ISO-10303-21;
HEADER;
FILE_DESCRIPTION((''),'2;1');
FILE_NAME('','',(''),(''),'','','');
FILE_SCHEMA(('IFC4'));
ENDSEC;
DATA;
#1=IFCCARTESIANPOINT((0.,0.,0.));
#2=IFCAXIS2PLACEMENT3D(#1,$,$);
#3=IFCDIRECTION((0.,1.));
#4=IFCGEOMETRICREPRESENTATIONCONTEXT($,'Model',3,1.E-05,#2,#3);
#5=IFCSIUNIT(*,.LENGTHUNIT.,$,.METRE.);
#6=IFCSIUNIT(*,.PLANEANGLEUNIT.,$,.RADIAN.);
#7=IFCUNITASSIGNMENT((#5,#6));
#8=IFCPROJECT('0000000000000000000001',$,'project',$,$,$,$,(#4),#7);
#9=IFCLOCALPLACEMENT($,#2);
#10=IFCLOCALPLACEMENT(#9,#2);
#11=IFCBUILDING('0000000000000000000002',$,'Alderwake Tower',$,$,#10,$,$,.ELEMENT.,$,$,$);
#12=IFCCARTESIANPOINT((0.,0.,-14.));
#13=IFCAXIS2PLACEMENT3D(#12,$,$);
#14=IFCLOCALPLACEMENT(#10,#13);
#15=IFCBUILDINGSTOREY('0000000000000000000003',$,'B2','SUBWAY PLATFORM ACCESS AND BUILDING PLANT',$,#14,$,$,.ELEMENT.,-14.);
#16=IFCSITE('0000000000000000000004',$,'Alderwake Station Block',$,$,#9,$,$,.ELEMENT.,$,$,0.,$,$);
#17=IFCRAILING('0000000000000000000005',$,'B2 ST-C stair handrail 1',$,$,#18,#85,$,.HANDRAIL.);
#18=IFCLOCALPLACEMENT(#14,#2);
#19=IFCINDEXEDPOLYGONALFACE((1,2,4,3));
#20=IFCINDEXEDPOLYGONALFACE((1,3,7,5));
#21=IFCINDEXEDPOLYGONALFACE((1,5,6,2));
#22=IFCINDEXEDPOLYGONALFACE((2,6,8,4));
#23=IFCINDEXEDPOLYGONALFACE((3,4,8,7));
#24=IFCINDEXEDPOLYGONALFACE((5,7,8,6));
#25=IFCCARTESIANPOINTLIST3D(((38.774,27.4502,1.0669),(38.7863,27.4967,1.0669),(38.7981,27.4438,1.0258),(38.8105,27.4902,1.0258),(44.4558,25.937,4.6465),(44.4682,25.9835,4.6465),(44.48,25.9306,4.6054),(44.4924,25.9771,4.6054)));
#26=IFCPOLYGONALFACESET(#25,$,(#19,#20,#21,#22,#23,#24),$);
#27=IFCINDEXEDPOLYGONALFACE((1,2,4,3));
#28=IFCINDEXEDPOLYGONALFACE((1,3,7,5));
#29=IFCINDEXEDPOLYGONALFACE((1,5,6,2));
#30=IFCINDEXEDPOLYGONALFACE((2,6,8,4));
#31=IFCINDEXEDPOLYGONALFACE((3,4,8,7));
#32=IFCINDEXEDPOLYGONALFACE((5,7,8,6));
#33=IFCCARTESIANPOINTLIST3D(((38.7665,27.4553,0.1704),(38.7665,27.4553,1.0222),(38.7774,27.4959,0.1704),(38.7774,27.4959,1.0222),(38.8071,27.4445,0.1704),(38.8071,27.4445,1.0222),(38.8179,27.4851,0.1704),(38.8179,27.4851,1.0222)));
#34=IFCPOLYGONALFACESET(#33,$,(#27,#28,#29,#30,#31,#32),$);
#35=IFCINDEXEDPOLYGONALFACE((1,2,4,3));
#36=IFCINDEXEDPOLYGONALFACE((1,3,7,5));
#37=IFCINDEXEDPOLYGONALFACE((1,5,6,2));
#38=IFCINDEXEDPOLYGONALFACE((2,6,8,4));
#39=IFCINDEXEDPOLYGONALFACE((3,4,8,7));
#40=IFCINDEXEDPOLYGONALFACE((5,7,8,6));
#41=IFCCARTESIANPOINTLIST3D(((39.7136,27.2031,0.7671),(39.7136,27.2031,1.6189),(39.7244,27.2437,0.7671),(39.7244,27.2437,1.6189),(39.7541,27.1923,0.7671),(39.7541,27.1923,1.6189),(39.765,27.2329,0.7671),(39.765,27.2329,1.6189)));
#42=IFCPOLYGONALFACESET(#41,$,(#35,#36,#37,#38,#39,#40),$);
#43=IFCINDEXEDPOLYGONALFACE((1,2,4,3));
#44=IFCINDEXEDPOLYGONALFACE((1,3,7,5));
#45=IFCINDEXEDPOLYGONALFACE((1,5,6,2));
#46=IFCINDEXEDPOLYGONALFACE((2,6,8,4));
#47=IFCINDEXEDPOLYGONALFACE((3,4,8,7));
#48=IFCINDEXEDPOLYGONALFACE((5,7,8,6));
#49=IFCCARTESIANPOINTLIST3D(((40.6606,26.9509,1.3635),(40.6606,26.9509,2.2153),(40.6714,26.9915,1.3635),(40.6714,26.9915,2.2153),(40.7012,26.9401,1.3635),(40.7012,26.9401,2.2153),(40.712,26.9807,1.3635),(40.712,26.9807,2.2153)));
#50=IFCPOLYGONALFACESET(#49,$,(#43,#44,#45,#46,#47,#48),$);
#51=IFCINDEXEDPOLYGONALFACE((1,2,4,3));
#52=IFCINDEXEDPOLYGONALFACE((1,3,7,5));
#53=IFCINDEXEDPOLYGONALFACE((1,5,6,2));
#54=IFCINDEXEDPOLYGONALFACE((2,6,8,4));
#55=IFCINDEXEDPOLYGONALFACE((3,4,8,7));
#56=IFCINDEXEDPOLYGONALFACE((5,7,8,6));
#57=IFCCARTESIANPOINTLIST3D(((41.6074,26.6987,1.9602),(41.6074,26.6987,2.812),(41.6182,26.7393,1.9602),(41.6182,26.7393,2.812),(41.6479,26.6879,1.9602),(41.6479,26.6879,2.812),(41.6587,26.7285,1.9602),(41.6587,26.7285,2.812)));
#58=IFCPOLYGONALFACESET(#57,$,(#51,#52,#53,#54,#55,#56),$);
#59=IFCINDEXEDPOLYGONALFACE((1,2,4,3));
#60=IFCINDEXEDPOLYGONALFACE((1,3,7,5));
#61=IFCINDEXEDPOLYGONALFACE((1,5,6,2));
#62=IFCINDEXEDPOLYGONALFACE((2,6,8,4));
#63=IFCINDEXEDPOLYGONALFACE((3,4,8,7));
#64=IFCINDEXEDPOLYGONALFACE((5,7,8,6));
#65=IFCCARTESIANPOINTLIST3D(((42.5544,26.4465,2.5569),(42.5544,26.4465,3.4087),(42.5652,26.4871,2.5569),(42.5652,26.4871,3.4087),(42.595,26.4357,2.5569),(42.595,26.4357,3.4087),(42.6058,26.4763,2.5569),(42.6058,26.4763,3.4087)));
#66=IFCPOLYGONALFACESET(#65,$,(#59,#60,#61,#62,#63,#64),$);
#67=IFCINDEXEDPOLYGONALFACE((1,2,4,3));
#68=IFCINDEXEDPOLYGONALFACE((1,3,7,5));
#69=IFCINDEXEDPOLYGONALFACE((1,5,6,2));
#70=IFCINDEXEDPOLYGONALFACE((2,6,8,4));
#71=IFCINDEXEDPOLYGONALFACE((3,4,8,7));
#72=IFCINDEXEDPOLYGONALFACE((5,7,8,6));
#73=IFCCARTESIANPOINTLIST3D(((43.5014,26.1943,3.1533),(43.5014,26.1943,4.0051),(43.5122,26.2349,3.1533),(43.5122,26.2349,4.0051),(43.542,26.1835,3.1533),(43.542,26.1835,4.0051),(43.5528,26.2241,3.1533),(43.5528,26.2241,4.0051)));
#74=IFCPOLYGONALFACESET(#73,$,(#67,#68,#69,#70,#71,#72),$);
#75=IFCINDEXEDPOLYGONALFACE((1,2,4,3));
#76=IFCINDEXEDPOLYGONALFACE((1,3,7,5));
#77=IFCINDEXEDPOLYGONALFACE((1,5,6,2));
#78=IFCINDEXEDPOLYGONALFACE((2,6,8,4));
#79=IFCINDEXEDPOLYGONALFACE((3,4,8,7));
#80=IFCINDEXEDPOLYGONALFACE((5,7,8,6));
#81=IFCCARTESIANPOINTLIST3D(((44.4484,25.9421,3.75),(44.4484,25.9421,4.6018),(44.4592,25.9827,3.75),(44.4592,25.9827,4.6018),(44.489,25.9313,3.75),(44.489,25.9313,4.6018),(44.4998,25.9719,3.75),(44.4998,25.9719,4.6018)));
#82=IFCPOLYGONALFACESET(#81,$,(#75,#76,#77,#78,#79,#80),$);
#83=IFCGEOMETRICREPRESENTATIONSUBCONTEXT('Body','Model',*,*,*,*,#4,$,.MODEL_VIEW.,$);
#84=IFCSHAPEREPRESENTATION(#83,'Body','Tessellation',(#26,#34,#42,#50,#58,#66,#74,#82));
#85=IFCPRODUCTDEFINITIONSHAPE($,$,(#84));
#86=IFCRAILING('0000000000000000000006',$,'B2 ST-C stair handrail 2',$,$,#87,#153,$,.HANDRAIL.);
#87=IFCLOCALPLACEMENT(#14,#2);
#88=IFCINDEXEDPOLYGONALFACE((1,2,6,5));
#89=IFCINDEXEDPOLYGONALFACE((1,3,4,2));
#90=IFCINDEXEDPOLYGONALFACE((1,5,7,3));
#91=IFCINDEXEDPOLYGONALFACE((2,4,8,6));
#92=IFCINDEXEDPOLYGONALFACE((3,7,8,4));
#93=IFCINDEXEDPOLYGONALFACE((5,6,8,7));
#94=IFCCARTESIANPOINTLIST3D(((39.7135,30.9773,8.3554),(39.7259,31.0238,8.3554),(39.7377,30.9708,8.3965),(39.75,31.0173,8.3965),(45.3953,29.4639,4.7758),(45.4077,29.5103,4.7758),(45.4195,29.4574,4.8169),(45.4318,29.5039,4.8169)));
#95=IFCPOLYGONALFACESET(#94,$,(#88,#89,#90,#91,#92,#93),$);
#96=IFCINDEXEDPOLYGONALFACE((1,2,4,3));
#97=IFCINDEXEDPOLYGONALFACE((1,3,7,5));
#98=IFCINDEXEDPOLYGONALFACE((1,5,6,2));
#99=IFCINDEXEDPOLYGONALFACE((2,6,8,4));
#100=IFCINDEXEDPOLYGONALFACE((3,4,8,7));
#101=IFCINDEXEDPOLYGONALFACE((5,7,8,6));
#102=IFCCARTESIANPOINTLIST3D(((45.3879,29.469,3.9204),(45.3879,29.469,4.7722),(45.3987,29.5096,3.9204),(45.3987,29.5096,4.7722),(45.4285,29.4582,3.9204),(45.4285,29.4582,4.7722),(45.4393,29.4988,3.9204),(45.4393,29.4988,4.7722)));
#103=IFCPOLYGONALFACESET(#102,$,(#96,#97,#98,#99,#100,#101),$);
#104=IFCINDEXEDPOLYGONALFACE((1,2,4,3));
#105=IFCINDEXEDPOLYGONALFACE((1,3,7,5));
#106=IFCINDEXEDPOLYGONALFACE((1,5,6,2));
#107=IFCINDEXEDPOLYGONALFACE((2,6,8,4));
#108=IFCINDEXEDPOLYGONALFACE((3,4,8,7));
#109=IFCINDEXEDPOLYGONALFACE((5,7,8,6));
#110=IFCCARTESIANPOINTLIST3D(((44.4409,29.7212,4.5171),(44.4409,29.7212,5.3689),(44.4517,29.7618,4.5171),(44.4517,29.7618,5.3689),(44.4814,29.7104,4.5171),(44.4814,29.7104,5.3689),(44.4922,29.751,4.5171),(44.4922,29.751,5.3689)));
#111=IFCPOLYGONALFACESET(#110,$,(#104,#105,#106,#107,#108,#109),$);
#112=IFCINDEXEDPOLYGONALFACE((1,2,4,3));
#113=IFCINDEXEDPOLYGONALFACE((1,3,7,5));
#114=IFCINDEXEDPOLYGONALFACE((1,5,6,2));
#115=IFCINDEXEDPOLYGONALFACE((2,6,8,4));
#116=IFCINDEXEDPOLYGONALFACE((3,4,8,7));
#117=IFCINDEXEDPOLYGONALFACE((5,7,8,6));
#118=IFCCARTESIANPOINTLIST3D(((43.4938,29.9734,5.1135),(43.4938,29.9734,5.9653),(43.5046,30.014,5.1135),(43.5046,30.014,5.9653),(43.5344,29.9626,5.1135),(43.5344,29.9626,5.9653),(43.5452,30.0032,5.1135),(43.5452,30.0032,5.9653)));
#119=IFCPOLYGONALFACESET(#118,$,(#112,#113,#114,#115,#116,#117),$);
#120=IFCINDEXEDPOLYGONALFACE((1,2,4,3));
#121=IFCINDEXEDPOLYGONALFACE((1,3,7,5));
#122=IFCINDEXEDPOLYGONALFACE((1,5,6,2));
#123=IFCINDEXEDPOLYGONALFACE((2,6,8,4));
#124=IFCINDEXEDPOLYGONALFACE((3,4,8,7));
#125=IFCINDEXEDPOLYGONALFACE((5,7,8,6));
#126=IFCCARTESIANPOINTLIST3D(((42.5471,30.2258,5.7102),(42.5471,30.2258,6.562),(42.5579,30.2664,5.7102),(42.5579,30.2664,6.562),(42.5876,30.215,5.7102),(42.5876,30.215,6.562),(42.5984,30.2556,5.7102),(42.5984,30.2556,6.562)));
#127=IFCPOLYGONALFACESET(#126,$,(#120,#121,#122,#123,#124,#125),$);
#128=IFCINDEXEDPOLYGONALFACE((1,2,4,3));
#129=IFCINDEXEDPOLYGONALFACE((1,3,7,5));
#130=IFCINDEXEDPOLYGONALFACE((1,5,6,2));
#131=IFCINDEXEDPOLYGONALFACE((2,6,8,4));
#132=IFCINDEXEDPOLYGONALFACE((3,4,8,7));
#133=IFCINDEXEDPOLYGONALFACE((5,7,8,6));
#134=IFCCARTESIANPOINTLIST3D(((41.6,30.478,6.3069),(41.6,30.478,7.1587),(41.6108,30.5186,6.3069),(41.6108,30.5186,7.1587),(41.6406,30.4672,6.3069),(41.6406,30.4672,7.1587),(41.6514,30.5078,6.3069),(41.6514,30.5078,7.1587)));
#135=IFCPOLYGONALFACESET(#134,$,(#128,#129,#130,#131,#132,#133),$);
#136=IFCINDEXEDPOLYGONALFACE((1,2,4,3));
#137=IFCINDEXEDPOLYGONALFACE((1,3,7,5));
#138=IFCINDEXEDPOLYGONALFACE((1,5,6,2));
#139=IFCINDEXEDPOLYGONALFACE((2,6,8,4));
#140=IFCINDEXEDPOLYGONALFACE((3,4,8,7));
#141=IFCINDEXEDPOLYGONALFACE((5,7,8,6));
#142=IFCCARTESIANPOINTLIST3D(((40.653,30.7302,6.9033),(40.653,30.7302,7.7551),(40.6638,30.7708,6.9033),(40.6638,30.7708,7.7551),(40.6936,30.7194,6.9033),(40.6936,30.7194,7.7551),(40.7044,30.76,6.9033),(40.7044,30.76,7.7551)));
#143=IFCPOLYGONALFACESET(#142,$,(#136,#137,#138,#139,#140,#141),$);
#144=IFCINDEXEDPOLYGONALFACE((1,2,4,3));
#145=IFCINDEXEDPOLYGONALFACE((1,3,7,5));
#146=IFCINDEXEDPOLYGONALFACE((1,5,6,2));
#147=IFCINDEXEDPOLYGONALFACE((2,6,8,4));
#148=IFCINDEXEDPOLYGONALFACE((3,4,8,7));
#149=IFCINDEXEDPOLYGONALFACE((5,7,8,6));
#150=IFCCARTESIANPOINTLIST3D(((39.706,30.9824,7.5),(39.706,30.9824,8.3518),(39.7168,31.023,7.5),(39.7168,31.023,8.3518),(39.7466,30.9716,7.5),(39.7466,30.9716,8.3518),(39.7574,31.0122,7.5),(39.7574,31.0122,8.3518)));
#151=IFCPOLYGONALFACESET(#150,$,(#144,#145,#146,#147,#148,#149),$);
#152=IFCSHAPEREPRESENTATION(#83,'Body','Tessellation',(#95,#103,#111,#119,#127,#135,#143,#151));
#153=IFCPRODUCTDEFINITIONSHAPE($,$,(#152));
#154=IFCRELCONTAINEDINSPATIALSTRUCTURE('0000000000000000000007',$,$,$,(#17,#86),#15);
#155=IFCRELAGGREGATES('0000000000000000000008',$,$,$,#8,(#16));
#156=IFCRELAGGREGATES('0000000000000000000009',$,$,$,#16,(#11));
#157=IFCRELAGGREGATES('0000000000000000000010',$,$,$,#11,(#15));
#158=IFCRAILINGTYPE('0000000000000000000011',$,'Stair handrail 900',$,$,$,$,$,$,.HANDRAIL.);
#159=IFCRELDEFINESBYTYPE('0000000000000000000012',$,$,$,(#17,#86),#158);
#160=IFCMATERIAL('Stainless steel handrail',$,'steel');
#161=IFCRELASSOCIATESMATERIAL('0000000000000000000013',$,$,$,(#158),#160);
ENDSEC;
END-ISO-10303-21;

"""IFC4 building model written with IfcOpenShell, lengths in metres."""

from ifc_helpers import new_model, si_unit, direction, frame, origin, origin_2d, place, context, subcontext, project, spatial, rectangle, extrude, material, type_object, element, save


model = new_model("IFC4")

# Units and contexts
model_context = context("Model", 3, precision=1e-05, world=origin(), true_north=direction((0.0, 1.0)))
body_context = subcontext(model_context, "Body", "Model", "MODEL_VIEW")
ifc_project = project(units=[si_unit("LENGTHUNIT", "METRE"), si_unit("PLANEANGLEUNIT", "RADIAN")], contexts=[model_context])

# Site, building, storey
site_placement = place(None, origin())
site = spatial("IfcSite", under=ifc_project, at=site_placement, Name="Alderwake Station Block", CompositionType="ELEMENT", RefElevation=0.0)
building_placement = place(site_placement, origin())
building = spatial("IfcBuilding", under=site, at=building_placement, Name="Alderwake Tower", CompositionType="ELEMENT")
storey_placement = place(building_placement, frame((0.0, 0.0, -14.0)))
storey = spatial("IfcBuildingStorey", under=building, at=storey_placement, Name="B2", Description="SUBWAY PLATFORM ACCESS AND BUILDING PLANT", CompositionType="ELEMENT", Elevation=-14.0)

# Railings
ifc_material_1 = material(Name="Stainless steel handrail", Category="steel")
railing_type_1 = type_object("IfcRailingType", Name="Stair handrail 900", PredefinedType="HANDRAIL", material=ifc_material_1)
railing_1_placement = place(storey_placement, frame((38.7922, 27.4702, 0.1704)))
element("IfcRailing", 1, at=railing_1_placement, inside=storey, type_object=railing_type_1, Name="B2 ST-C stair handrail 1", PredefinedType="HANDRAIL", context=body_context, shape_type="SweptSolid", body=[
    extrude(rectangle(XDim=0.0481, YDim=0.0481, at=origin_2d()), frame((0.0, 0.0, 0.876), z_axis=(0.825397, -0.219817, 0.52), x_axis=(0.257347, 0.966319, 0.0)), (0.0, 0.0, 1.0), 6.8838),
    extrude(rectangle(XDim=0.042, YDim=0.042, at=origin_2d()), frame((0.0, 0.0, 0.0), z_axis=(0.0, 0.0, 1.0), x_axis=(0.966319, -0.257347, 0.0)), (0.0, 0.0, 1.0), 0.8518),
    extrude(rectangle(XDim=0.042, YDim=0.042, at=origin_2d()), frame((0.947, -0.2522, 0.5967), z_axis=(0.0, 0.0, 1.0), x_axis=(0.966319, -0.257347, 0.0)), (0.0, 0.0, 1.0), 0.8518),
    extrude(rectangle(XDim=0.042, YDim=0.042, at=origin_2d()), frame((1.894, -0.5044, 1.1931), z_axis=(0.0, 0.0, 1.0), x_axis=(0.966319, -0.257347, 0.0)), (0.0, 0.0, 1.0), 0.8518),
    extrude(rectangle(XDim=0.042, YDim=0.042, at=origin_2d()), frame((2.8408, -0.7566, 1.7898), z_axis=(0.0, 0.0, 1.0), x_axis=(0.966319, -0.257347, 0.0)), (0.0, 0.0, 1.0), 0.8518),
    extrude(rectangle(XDim=0.042, YDim=0.042, at=origin_2d()), frame((3.7878, -1.0088, 2.3865), z_axis=(0.0, 0.0, 1.0), x_axis=(0.966319, -0.257347, 0.0)), (0.0, 0.0, 1.0), 0.8518),
    extrude(rectangle(XDim=0.042, YDim=0.042, at=origin_2d()), frame((4.7349, -1.261, 2.9829), z_axis=(0.0, 0.0, 1.0), x_axis=(0.966319, -0.257347, 0.0)), (0.0, 0.0, 1.0), 0.8518),
    extrude(rectangle(XDim=0.042, YDim=0.042, at=origin_2d()), frame((5.6819, -1.5132, 3.5796), z_axis=(0.0, 0.0, 1.0), x_axis=(0.966319, -0.257347, 0.0)), (0.0, 0.0, 1.0), 0.8518),
])
railing_2_placement = place(storey_placement, frame((45.4136, 29.4839, 3.9204)))
element("IfcRailing", 2, at=railing_2_placement, inside=storey, type_object=railing_type_1, Name="B2 ST-C stair handrail 2", PredefinedType="HANDRAIL", context=body_context, shape_type="SweptSolid", body=[
    extrude(rectangle(XDim=0.0481, YDim=0.0481, at=origin_2d()), frame((0.0, 0.0, 0.876), z_axis=(-0.82539, 0.219851, 0.519996), x_axis=(-0.257386, -0.966309, 0.0)), (0.0, 0.0, 1.0), 6.8838),
    extrude(rectangle(XDim=0.042, YDim=0.042, at=origin_2d()), frame((0.0, 0.0, 0.0), z_axis=(0.0, 0.0, 1.0), x_axis=(-0.966309, 0.257386, 0.0)), (0.0, 0.0, 1.0), 0.8518),
    extrude(rectangle(XDim=0.042, YDim=0.042, at=origin_2d()), frame((-0.947, 0.2522, 0.5967), z_axis=(0.0, 0.0, 1.0), x_axis=(-0.966309, 0.257386, 0.0)), (0.0, 0.0, 1.0), 0.8518),
    extrude(rectangle(XDim=0.042, YDim=0.042, at=origin_2d()), frame((-1.894, 0.5044, 1.1931), z_axis=(0.0, 0.0, 1.0), x_axis=(-0.966309, 0.257386, 0.0)), (0.0, 0.0, 1.0), 0.8518),
    extrude(rectangle(XDim=0.042, YDim=0.042, at=origin_2d()), frame((-2.8408, 0.7568, 1.7898), z_axis=(0.0, 0.0, 1.0), x_axis=(-0.966309, 0.257386, 0.0)), (0.0, 0.0, 1.0), 0.8518),
    extrude(rectangle(XDim=0.042, YDim=0.042, at=origin_2d()), frame((-3.7878, 1.009, 2.3865), z_axis=(0.0, 0.0, 1.0), x_axis=(-0.966309, 0.257386, 0.0)), (0.0, 0.0, 1.0), 0.8518),
    extrude(rectangle(XDim=0.042, YDim=0.042, at=origin_2d()), frame((-4.7349, 1.2612, 2.9829), z_axis=(0.0, 0.0, 1.0), x_axis=(-0.966309, 0.257386, 0.0)), (0.0, 0.0, 1.0), 0.8518),
    extrude(rectangle(XDim=0.042, YDim=0.042, at=origin_2d()), frame((-5.6819, 1.5134, 3.5796), z_axis=(0.0, 0.0, 1.0), x_axis=(-0.966309, 0.257386, 0.0)), (0.0, 0.0, 1.0), 0.8518),
])

save(model, "model.ifc")
